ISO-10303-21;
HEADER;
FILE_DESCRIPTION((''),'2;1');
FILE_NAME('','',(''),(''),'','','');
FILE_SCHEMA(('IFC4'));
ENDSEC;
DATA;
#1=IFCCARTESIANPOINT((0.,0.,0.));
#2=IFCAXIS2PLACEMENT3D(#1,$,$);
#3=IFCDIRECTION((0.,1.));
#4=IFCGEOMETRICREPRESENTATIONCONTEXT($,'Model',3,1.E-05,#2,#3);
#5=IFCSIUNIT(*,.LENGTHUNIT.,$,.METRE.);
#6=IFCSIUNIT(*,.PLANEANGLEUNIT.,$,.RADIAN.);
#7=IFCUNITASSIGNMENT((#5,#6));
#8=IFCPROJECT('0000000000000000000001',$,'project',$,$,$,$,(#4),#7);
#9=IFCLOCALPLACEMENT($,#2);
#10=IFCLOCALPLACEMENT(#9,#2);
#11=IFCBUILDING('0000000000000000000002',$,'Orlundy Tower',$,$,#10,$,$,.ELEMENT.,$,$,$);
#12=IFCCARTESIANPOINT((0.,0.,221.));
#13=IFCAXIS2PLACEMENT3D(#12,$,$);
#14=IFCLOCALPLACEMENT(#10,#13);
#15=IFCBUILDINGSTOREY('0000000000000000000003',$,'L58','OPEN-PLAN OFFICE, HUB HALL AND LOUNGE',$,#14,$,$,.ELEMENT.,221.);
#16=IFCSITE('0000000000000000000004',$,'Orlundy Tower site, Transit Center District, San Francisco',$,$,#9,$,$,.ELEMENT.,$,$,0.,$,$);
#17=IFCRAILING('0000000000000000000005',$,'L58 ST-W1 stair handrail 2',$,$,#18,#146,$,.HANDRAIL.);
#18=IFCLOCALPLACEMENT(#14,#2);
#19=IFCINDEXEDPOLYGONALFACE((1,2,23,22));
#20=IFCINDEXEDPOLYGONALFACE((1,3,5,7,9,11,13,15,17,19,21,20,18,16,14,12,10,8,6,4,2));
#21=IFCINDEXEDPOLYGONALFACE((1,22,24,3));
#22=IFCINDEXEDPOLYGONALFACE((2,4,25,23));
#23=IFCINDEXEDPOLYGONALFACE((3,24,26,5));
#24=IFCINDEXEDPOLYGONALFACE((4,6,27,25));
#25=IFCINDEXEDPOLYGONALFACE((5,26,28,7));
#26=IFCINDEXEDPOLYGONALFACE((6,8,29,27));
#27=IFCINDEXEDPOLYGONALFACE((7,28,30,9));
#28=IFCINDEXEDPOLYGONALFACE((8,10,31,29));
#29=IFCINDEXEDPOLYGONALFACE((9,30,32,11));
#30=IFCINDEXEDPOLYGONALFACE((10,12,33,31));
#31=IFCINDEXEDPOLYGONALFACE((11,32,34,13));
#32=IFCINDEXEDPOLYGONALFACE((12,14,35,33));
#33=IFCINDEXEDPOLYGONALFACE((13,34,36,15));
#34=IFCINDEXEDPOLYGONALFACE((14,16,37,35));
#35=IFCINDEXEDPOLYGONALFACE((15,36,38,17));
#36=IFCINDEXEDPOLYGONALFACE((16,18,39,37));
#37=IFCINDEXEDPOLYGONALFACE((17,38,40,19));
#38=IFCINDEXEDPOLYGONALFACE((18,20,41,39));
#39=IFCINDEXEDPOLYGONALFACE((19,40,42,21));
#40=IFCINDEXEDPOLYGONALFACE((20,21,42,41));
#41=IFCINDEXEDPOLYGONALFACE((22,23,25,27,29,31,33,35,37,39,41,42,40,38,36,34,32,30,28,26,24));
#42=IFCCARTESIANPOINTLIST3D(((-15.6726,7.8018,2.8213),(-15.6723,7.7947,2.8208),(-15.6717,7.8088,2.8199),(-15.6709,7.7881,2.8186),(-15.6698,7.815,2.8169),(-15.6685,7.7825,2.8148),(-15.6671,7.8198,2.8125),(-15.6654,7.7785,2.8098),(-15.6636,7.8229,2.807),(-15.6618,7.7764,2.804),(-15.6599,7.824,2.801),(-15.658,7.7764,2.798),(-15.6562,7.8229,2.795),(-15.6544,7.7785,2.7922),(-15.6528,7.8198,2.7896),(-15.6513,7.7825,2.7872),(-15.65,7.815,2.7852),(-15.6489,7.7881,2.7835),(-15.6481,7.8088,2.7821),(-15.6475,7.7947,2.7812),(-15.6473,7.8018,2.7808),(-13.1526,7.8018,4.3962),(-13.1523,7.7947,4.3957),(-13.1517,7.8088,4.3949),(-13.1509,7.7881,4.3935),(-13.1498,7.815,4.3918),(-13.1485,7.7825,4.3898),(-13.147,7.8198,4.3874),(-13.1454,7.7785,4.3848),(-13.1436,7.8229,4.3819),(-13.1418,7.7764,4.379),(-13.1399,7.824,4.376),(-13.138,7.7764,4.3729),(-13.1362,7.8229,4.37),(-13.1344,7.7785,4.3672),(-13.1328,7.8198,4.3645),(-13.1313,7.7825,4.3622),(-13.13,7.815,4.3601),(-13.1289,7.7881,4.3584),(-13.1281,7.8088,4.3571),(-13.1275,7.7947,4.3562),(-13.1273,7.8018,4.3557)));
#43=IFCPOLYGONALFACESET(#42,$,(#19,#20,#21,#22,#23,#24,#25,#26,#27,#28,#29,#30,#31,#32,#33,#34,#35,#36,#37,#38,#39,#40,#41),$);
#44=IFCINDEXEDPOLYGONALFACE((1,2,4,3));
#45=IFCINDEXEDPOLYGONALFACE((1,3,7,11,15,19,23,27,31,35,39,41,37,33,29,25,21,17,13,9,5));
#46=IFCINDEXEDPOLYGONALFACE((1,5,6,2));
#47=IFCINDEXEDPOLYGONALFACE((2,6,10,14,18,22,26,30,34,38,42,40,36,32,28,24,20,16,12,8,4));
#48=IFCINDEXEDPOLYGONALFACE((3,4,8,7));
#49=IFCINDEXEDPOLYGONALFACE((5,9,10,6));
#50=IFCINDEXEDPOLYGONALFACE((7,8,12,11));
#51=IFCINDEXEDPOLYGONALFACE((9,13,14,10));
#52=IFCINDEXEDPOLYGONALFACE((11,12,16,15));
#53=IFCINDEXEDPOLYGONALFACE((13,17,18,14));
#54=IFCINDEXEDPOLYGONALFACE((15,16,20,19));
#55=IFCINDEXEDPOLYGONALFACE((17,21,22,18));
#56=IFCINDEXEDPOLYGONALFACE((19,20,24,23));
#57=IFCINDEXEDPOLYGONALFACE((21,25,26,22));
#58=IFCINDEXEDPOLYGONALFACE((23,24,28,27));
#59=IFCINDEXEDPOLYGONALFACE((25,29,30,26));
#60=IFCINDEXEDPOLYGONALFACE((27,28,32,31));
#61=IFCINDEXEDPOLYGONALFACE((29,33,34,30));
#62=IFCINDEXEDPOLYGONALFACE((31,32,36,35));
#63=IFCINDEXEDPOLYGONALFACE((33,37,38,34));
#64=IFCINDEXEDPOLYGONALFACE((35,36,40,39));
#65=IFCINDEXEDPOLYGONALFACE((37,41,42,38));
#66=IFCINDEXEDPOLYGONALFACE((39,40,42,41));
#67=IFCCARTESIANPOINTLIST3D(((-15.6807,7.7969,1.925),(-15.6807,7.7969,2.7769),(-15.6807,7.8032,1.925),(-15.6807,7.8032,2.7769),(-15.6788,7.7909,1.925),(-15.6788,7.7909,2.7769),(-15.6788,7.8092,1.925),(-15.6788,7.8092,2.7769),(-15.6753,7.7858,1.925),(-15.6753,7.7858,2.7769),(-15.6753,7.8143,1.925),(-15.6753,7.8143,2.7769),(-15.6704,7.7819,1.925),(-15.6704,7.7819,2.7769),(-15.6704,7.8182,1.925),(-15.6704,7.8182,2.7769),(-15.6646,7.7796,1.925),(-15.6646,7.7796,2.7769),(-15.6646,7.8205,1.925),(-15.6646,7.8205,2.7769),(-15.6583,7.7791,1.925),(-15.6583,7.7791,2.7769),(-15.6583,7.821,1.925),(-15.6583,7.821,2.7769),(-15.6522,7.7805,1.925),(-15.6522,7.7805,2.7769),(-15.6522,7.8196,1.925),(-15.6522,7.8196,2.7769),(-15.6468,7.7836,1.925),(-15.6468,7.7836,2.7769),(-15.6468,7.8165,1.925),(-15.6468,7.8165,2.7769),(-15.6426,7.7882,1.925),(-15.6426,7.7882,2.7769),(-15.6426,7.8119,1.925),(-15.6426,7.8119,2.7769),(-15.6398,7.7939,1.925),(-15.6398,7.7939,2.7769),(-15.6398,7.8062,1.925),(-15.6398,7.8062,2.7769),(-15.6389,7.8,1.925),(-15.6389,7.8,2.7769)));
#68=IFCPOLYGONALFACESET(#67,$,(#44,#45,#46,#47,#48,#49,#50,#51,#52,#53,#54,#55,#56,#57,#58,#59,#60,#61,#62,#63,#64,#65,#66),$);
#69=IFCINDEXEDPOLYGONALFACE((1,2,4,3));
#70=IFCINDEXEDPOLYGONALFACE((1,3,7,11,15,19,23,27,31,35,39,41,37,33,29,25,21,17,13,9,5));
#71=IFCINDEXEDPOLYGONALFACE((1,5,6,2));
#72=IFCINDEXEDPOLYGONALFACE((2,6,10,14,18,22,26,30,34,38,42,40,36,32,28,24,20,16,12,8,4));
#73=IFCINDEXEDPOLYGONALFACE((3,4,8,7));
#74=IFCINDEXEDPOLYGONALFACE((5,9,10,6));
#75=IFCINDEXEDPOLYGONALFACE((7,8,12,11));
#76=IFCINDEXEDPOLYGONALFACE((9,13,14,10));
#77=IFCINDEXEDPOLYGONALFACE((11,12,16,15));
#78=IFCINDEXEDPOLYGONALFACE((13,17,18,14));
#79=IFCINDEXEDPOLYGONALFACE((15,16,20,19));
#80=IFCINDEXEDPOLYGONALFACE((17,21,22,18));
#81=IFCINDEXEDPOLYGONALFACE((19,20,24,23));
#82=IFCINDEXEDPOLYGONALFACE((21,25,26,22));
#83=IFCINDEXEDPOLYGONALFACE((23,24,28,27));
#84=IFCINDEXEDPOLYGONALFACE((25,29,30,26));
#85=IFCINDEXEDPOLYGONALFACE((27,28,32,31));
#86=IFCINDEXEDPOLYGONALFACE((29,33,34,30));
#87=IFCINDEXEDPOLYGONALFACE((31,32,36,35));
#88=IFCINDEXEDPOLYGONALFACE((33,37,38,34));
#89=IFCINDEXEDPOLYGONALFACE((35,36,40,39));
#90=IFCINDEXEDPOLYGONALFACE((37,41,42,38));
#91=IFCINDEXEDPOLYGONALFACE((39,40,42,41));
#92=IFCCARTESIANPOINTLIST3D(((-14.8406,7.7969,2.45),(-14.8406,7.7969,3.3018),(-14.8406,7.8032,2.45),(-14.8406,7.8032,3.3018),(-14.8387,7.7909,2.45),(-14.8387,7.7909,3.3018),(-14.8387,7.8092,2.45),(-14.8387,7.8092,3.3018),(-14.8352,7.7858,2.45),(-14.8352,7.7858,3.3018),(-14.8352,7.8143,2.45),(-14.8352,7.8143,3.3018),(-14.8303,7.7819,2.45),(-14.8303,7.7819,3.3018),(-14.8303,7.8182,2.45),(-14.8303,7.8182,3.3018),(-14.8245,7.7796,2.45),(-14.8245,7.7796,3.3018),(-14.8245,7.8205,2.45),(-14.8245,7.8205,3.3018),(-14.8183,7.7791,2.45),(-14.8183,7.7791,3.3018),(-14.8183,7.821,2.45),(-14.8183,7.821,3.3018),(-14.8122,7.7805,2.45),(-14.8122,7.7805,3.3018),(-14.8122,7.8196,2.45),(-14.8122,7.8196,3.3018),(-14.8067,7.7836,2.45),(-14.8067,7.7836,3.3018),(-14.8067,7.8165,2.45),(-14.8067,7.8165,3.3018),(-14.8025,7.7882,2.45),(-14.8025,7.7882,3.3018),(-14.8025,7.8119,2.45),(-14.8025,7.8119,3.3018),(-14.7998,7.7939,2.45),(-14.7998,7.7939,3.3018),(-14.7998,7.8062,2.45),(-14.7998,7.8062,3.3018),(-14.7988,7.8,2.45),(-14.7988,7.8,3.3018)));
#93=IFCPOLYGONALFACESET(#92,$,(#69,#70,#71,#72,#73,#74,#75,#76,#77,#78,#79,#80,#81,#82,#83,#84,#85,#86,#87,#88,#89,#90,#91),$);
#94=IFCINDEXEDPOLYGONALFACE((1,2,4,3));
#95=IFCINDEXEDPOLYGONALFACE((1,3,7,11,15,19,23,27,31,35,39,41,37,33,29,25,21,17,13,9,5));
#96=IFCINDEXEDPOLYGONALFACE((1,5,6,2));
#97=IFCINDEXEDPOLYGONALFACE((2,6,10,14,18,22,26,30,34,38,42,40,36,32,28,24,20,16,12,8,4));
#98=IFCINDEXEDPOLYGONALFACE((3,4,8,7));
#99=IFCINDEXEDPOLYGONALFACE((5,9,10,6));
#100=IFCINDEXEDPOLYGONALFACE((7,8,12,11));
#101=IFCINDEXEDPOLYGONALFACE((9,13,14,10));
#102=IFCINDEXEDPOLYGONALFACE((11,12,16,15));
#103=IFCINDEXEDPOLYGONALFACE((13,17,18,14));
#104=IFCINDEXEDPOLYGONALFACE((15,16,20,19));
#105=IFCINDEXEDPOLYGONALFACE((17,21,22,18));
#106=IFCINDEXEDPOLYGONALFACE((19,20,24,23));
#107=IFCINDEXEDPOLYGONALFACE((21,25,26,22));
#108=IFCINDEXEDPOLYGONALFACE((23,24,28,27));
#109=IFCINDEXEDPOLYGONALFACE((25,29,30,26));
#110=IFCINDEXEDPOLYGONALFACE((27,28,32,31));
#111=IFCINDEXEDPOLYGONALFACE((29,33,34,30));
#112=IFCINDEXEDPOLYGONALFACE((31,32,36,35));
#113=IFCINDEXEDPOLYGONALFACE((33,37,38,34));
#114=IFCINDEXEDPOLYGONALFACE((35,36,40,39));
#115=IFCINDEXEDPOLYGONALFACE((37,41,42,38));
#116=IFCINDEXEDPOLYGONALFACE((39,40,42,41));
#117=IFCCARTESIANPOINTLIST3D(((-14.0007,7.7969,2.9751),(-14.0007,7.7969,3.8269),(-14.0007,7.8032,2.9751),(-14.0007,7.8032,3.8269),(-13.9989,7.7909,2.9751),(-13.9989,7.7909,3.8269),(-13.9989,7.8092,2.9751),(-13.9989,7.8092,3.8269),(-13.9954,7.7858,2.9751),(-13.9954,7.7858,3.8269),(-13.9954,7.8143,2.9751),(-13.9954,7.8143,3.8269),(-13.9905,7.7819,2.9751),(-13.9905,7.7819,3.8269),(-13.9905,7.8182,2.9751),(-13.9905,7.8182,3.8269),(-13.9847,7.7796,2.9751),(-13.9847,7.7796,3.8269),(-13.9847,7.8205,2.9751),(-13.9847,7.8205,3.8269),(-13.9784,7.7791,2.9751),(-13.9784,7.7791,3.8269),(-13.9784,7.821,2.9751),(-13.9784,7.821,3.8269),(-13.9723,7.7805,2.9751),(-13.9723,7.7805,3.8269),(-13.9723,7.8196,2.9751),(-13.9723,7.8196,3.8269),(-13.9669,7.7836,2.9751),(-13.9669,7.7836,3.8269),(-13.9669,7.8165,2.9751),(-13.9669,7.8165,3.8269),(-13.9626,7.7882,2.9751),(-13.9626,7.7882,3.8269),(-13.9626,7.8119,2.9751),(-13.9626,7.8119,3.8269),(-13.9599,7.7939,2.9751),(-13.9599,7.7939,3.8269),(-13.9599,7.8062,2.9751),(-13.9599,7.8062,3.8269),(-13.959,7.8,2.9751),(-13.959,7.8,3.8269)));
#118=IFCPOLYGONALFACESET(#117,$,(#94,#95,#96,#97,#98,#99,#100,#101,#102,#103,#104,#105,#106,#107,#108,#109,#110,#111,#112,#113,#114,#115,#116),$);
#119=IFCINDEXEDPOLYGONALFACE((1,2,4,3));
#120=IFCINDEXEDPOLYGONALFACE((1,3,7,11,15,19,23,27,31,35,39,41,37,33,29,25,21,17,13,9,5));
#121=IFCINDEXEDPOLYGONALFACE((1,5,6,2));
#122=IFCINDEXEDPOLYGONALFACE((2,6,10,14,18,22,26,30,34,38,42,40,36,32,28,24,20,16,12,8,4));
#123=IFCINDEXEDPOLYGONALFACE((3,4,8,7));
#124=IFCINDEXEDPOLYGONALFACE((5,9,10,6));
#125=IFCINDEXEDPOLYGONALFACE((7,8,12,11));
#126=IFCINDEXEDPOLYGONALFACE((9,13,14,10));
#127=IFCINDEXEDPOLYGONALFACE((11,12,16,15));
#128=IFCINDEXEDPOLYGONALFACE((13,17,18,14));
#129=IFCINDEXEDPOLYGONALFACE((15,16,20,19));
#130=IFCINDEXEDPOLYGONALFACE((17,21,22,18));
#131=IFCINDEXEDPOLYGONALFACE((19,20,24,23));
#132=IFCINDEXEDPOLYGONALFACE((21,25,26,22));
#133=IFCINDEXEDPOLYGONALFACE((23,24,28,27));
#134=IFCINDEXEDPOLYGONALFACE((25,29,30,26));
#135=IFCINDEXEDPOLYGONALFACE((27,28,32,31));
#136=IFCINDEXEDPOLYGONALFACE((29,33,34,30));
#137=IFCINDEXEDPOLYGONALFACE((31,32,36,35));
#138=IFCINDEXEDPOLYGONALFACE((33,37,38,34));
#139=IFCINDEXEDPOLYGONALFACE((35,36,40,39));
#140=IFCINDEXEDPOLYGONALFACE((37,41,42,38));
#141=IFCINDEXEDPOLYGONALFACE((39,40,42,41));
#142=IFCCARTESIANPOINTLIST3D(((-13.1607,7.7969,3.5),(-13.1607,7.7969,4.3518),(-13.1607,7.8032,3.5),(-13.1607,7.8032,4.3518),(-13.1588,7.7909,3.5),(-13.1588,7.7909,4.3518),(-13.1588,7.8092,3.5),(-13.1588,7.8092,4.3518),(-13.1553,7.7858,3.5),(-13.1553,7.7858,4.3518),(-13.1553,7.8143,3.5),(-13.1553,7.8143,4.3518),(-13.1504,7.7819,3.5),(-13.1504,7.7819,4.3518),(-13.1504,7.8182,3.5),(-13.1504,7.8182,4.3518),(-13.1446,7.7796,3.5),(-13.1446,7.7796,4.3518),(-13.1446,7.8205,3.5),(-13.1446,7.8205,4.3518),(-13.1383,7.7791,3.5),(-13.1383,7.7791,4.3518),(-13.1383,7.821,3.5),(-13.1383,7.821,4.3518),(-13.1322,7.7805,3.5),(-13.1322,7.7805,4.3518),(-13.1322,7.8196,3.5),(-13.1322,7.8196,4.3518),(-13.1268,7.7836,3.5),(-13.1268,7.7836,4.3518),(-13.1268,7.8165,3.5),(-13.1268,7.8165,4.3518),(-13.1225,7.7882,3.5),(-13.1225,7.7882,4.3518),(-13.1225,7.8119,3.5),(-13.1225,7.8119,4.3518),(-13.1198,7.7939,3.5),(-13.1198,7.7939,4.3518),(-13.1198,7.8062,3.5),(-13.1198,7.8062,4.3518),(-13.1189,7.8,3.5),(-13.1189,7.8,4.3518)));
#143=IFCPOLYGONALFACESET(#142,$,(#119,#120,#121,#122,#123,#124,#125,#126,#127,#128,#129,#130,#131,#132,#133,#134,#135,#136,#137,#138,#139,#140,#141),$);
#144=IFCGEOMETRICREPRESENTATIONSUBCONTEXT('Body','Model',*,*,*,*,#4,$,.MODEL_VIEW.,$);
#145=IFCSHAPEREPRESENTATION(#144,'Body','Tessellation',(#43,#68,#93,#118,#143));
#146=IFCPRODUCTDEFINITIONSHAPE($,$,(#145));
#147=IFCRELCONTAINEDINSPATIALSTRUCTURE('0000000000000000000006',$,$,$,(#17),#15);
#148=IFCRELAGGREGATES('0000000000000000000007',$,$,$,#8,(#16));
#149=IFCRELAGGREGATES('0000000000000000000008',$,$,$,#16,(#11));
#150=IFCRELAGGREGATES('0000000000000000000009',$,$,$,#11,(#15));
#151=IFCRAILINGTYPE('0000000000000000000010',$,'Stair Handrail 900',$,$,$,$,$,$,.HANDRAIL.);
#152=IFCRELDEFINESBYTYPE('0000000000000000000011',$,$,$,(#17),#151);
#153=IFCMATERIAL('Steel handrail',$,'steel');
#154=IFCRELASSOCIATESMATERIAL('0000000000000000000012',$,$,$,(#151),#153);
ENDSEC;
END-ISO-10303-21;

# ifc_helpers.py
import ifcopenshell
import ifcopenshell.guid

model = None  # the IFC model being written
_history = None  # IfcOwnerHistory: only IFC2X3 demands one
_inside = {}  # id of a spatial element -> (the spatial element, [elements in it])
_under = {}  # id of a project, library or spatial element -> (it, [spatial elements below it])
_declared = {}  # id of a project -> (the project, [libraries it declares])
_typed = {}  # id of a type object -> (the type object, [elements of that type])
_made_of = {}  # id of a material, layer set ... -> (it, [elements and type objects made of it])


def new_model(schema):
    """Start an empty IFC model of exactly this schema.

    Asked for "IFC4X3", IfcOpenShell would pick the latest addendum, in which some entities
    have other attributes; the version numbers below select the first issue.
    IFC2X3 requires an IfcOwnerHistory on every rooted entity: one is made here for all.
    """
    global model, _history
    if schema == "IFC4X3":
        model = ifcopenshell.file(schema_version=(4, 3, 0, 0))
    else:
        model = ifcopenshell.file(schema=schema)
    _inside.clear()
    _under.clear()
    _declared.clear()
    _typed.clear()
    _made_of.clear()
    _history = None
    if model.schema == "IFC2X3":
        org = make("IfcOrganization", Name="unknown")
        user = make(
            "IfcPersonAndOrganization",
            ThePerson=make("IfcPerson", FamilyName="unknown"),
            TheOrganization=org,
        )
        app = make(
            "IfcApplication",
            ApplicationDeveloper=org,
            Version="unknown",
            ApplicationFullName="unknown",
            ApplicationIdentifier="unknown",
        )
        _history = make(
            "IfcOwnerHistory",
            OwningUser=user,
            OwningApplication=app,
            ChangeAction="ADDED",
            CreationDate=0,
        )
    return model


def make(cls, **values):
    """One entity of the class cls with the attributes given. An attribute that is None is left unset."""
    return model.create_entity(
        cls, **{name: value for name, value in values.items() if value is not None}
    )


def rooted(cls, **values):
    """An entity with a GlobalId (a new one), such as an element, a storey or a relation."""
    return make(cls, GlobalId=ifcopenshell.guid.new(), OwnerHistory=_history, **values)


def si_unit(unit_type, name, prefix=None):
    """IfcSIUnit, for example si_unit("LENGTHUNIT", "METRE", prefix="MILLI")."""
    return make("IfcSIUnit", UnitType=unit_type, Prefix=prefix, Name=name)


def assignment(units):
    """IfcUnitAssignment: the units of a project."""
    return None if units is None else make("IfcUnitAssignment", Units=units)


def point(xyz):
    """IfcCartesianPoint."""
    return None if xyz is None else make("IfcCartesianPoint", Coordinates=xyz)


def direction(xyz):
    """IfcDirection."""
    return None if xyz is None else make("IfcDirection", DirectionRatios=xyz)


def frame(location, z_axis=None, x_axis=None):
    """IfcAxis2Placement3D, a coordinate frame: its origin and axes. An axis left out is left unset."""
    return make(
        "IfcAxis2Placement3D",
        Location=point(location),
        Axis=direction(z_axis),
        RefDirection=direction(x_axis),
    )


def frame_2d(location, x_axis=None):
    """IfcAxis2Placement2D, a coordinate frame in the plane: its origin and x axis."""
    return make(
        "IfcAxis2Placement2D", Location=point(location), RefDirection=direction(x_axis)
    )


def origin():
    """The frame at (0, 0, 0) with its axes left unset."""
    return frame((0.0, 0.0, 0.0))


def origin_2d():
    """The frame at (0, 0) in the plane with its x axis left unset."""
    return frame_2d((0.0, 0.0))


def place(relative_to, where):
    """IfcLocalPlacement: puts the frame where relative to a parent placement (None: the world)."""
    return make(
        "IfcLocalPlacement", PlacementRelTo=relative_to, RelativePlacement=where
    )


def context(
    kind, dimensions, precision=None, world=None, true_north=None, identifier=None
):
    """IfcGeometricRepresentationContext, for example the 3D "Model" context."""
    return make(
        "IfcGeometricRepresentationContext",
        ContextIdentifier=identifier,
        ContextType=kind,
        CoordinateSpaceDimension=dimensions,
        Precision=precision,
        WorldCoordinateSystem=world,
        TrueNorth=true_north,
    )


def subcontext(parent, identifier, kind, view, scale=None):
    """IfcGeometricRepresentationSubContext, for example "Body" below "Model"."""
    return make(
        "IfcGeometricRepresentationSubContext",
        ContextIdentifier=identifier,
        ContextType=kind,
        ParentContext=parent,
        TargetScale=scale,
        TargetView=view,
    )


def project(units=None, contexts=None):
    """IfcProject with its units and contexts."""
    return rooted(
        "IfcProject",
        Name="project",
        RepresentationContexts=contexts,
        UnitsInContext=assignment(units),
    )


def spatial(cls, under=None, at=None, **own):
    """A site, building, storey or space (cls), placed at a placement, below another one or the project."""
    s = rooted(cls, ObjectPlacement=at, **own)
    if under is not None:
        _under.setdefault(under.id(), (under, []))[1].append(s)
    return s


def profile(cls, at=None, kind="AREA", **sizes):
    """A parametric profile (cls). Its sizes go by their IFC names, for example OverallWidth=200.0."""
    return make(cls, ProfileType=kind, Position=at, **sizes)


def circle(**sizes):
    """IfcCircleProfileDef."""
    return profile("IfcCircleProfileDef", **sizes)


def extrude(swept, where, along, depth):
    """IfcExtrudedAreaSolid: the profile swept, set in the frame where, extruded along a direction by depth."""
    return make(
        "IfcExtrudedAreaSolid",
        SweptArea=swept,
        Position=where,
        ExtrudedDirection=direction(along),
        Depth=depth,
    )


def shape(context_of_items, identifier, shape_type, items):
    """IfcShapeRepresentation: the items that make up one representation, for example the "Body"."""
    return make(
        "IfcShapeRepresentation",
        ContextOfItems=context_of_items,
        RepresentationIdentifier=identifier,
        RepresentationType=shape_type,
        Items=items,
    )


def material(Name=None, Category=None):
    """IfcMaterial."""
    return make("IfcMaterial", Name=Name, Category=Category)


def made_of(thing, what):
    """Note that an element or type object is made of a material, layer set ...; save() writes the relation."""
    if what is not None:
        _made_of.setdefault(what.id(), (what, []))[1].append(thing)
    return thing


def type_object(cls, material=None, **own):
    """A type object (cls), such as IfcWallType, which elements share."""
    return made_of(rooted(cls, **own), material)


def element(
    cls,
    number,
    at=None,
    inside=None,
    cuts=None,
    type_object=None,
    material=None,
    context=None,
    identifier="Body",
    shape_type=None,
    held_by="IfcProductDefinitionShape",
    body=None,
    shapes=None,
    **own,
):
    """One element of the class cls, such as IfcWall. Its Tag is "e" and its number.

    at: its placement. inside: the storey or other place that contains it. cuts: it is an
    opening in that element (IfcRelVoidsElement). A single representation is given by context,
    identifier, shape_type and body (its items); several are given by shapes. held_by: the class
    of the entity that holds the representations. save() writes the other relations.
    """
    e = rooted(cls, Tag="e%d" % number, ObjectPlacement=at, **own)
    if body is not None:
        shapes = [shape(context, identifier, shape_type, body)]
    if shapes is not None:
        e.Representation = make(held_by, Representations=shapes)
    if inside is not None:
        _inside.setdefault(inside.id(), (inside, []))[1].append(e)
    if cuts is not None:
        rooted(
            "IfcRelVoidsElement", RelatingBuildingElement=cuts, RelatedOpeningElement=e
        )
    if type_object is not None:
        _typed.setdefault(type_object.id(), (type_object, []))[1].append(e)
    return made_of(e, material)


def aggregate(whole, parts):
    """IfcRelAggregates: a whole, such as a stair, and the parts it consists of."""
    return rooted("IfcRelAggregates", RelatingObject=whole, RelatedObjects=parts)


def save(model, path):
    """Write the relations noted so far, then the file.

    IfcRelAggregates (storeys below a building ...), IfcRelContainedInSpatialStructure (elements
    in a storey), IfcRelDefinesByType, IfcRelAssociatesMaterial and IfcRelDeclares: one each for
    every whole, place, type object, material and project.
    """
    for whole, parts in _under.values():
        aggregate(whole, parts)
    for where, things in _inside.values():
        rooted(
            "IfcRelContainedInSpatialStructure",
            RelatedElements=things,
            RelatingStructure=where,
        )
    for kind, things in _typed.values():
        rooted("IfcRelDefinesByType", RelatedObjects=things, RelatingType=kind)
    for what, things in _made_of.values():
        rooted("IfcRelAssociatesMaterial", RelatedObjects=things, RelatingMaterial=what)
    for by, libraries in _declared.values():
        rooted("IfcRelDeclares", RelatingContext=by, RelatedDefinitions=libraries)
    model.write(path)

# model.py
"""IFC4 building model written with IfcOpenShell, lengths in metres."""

from ifc_helpers import new_model, si_unit, direction, frame, origin, origin_2d, place, context, subcontext, project, spatial, circle, extrude, material, type_object, element, save


model = new_model("IFC4")

# Units and contexts
model_context = context("Model", 3, precision=1e-05, world=origin(), true_north=direction((0.0, 1.0)))
body_context = subcontext(model_context, "Body", "Model", "MODEL_VIEW")
ifc_project = project(units=[si_unit("LENGTHUNIT", "METRE"), si_unit("PLANEANGLEUNIT", "RADIAN")], contexts=[model_context])

# Site, building, storey
site_placement = place(None, origin())
site = spatial("IfcSite", under=ifc_project, at=site_placement, Name="Orlundy Tower site, Transit Center District, San Francisco", CompositionType="ELEMENT", RefElevation=0.0)
building_placement = place(site_placement, origin())
building = spatial("IfcBuilding", under=site, at=building_placement, Name="Orlundy Tower", CompositionType="ELEMENT")
storey_placement = place(building_placement, frame((0.0, 0.0, 221.0)))
storey = spatial("IfcBuildingStorey", under=building, at=storey_placement, Name="L58", Description="OPEN-PLAN OFFICE, HUB HALL AND LOUNGE", CompositionType="ELEMENT", Elevation=221.0)

# Railing
ifc_material_1 = material(Name="Steel handrail", Category="steel")
railing_type_1 = type_object("IfcRailingType", Name="Stair Handrail 900", PredefinedType="HANDRAIL", material=ifc_material_1)
railing_1_placement = place(storey_placement, frame((-15.6599, 7.8, 1.925)))
element("IfcRailing", 1, at=railing_1_placement, inside=storey, type_object=railing_type_1, Name="L58 ST-W1 stair handrail 2", PredefinedType="HANDRAIL", context=body_context, shape_type="SweptSolid", body=[
    extrude(circle(Radius=0.0239, at=origin_2d()), frame((0.0, 0.0, 0.876), z_axis=(0.848008, 0.0, 0.529984), x_axis=(0.0, 1.0, 0.0)), (0.0, 0.0, 1.0), 2.9717),
    extrude(circle(Radius=0.021, at=origin_2d()), origin(), (0.0, 0.0, 1.0), 0.8518),
    extrude(circle(Radius=0.021, at=origin_2d()), frame((0.8401, 0.0, 0.5249)), (0.0, 0.0, 1.0), 0.8518),
    extrude(circle(Radius=0.021, at=origin_2d()), frame((1.6799, 0.0, 1.05)), (0.0, 0.0, 1.0), 0.8518),
    extrude(circle(Radius=0.021, at=origin_2d()), frame((2.52, 0.0, 1.575)), (0.0, 0.0, 1.0), 0.8518),
])

save(model, "model.ifc")
